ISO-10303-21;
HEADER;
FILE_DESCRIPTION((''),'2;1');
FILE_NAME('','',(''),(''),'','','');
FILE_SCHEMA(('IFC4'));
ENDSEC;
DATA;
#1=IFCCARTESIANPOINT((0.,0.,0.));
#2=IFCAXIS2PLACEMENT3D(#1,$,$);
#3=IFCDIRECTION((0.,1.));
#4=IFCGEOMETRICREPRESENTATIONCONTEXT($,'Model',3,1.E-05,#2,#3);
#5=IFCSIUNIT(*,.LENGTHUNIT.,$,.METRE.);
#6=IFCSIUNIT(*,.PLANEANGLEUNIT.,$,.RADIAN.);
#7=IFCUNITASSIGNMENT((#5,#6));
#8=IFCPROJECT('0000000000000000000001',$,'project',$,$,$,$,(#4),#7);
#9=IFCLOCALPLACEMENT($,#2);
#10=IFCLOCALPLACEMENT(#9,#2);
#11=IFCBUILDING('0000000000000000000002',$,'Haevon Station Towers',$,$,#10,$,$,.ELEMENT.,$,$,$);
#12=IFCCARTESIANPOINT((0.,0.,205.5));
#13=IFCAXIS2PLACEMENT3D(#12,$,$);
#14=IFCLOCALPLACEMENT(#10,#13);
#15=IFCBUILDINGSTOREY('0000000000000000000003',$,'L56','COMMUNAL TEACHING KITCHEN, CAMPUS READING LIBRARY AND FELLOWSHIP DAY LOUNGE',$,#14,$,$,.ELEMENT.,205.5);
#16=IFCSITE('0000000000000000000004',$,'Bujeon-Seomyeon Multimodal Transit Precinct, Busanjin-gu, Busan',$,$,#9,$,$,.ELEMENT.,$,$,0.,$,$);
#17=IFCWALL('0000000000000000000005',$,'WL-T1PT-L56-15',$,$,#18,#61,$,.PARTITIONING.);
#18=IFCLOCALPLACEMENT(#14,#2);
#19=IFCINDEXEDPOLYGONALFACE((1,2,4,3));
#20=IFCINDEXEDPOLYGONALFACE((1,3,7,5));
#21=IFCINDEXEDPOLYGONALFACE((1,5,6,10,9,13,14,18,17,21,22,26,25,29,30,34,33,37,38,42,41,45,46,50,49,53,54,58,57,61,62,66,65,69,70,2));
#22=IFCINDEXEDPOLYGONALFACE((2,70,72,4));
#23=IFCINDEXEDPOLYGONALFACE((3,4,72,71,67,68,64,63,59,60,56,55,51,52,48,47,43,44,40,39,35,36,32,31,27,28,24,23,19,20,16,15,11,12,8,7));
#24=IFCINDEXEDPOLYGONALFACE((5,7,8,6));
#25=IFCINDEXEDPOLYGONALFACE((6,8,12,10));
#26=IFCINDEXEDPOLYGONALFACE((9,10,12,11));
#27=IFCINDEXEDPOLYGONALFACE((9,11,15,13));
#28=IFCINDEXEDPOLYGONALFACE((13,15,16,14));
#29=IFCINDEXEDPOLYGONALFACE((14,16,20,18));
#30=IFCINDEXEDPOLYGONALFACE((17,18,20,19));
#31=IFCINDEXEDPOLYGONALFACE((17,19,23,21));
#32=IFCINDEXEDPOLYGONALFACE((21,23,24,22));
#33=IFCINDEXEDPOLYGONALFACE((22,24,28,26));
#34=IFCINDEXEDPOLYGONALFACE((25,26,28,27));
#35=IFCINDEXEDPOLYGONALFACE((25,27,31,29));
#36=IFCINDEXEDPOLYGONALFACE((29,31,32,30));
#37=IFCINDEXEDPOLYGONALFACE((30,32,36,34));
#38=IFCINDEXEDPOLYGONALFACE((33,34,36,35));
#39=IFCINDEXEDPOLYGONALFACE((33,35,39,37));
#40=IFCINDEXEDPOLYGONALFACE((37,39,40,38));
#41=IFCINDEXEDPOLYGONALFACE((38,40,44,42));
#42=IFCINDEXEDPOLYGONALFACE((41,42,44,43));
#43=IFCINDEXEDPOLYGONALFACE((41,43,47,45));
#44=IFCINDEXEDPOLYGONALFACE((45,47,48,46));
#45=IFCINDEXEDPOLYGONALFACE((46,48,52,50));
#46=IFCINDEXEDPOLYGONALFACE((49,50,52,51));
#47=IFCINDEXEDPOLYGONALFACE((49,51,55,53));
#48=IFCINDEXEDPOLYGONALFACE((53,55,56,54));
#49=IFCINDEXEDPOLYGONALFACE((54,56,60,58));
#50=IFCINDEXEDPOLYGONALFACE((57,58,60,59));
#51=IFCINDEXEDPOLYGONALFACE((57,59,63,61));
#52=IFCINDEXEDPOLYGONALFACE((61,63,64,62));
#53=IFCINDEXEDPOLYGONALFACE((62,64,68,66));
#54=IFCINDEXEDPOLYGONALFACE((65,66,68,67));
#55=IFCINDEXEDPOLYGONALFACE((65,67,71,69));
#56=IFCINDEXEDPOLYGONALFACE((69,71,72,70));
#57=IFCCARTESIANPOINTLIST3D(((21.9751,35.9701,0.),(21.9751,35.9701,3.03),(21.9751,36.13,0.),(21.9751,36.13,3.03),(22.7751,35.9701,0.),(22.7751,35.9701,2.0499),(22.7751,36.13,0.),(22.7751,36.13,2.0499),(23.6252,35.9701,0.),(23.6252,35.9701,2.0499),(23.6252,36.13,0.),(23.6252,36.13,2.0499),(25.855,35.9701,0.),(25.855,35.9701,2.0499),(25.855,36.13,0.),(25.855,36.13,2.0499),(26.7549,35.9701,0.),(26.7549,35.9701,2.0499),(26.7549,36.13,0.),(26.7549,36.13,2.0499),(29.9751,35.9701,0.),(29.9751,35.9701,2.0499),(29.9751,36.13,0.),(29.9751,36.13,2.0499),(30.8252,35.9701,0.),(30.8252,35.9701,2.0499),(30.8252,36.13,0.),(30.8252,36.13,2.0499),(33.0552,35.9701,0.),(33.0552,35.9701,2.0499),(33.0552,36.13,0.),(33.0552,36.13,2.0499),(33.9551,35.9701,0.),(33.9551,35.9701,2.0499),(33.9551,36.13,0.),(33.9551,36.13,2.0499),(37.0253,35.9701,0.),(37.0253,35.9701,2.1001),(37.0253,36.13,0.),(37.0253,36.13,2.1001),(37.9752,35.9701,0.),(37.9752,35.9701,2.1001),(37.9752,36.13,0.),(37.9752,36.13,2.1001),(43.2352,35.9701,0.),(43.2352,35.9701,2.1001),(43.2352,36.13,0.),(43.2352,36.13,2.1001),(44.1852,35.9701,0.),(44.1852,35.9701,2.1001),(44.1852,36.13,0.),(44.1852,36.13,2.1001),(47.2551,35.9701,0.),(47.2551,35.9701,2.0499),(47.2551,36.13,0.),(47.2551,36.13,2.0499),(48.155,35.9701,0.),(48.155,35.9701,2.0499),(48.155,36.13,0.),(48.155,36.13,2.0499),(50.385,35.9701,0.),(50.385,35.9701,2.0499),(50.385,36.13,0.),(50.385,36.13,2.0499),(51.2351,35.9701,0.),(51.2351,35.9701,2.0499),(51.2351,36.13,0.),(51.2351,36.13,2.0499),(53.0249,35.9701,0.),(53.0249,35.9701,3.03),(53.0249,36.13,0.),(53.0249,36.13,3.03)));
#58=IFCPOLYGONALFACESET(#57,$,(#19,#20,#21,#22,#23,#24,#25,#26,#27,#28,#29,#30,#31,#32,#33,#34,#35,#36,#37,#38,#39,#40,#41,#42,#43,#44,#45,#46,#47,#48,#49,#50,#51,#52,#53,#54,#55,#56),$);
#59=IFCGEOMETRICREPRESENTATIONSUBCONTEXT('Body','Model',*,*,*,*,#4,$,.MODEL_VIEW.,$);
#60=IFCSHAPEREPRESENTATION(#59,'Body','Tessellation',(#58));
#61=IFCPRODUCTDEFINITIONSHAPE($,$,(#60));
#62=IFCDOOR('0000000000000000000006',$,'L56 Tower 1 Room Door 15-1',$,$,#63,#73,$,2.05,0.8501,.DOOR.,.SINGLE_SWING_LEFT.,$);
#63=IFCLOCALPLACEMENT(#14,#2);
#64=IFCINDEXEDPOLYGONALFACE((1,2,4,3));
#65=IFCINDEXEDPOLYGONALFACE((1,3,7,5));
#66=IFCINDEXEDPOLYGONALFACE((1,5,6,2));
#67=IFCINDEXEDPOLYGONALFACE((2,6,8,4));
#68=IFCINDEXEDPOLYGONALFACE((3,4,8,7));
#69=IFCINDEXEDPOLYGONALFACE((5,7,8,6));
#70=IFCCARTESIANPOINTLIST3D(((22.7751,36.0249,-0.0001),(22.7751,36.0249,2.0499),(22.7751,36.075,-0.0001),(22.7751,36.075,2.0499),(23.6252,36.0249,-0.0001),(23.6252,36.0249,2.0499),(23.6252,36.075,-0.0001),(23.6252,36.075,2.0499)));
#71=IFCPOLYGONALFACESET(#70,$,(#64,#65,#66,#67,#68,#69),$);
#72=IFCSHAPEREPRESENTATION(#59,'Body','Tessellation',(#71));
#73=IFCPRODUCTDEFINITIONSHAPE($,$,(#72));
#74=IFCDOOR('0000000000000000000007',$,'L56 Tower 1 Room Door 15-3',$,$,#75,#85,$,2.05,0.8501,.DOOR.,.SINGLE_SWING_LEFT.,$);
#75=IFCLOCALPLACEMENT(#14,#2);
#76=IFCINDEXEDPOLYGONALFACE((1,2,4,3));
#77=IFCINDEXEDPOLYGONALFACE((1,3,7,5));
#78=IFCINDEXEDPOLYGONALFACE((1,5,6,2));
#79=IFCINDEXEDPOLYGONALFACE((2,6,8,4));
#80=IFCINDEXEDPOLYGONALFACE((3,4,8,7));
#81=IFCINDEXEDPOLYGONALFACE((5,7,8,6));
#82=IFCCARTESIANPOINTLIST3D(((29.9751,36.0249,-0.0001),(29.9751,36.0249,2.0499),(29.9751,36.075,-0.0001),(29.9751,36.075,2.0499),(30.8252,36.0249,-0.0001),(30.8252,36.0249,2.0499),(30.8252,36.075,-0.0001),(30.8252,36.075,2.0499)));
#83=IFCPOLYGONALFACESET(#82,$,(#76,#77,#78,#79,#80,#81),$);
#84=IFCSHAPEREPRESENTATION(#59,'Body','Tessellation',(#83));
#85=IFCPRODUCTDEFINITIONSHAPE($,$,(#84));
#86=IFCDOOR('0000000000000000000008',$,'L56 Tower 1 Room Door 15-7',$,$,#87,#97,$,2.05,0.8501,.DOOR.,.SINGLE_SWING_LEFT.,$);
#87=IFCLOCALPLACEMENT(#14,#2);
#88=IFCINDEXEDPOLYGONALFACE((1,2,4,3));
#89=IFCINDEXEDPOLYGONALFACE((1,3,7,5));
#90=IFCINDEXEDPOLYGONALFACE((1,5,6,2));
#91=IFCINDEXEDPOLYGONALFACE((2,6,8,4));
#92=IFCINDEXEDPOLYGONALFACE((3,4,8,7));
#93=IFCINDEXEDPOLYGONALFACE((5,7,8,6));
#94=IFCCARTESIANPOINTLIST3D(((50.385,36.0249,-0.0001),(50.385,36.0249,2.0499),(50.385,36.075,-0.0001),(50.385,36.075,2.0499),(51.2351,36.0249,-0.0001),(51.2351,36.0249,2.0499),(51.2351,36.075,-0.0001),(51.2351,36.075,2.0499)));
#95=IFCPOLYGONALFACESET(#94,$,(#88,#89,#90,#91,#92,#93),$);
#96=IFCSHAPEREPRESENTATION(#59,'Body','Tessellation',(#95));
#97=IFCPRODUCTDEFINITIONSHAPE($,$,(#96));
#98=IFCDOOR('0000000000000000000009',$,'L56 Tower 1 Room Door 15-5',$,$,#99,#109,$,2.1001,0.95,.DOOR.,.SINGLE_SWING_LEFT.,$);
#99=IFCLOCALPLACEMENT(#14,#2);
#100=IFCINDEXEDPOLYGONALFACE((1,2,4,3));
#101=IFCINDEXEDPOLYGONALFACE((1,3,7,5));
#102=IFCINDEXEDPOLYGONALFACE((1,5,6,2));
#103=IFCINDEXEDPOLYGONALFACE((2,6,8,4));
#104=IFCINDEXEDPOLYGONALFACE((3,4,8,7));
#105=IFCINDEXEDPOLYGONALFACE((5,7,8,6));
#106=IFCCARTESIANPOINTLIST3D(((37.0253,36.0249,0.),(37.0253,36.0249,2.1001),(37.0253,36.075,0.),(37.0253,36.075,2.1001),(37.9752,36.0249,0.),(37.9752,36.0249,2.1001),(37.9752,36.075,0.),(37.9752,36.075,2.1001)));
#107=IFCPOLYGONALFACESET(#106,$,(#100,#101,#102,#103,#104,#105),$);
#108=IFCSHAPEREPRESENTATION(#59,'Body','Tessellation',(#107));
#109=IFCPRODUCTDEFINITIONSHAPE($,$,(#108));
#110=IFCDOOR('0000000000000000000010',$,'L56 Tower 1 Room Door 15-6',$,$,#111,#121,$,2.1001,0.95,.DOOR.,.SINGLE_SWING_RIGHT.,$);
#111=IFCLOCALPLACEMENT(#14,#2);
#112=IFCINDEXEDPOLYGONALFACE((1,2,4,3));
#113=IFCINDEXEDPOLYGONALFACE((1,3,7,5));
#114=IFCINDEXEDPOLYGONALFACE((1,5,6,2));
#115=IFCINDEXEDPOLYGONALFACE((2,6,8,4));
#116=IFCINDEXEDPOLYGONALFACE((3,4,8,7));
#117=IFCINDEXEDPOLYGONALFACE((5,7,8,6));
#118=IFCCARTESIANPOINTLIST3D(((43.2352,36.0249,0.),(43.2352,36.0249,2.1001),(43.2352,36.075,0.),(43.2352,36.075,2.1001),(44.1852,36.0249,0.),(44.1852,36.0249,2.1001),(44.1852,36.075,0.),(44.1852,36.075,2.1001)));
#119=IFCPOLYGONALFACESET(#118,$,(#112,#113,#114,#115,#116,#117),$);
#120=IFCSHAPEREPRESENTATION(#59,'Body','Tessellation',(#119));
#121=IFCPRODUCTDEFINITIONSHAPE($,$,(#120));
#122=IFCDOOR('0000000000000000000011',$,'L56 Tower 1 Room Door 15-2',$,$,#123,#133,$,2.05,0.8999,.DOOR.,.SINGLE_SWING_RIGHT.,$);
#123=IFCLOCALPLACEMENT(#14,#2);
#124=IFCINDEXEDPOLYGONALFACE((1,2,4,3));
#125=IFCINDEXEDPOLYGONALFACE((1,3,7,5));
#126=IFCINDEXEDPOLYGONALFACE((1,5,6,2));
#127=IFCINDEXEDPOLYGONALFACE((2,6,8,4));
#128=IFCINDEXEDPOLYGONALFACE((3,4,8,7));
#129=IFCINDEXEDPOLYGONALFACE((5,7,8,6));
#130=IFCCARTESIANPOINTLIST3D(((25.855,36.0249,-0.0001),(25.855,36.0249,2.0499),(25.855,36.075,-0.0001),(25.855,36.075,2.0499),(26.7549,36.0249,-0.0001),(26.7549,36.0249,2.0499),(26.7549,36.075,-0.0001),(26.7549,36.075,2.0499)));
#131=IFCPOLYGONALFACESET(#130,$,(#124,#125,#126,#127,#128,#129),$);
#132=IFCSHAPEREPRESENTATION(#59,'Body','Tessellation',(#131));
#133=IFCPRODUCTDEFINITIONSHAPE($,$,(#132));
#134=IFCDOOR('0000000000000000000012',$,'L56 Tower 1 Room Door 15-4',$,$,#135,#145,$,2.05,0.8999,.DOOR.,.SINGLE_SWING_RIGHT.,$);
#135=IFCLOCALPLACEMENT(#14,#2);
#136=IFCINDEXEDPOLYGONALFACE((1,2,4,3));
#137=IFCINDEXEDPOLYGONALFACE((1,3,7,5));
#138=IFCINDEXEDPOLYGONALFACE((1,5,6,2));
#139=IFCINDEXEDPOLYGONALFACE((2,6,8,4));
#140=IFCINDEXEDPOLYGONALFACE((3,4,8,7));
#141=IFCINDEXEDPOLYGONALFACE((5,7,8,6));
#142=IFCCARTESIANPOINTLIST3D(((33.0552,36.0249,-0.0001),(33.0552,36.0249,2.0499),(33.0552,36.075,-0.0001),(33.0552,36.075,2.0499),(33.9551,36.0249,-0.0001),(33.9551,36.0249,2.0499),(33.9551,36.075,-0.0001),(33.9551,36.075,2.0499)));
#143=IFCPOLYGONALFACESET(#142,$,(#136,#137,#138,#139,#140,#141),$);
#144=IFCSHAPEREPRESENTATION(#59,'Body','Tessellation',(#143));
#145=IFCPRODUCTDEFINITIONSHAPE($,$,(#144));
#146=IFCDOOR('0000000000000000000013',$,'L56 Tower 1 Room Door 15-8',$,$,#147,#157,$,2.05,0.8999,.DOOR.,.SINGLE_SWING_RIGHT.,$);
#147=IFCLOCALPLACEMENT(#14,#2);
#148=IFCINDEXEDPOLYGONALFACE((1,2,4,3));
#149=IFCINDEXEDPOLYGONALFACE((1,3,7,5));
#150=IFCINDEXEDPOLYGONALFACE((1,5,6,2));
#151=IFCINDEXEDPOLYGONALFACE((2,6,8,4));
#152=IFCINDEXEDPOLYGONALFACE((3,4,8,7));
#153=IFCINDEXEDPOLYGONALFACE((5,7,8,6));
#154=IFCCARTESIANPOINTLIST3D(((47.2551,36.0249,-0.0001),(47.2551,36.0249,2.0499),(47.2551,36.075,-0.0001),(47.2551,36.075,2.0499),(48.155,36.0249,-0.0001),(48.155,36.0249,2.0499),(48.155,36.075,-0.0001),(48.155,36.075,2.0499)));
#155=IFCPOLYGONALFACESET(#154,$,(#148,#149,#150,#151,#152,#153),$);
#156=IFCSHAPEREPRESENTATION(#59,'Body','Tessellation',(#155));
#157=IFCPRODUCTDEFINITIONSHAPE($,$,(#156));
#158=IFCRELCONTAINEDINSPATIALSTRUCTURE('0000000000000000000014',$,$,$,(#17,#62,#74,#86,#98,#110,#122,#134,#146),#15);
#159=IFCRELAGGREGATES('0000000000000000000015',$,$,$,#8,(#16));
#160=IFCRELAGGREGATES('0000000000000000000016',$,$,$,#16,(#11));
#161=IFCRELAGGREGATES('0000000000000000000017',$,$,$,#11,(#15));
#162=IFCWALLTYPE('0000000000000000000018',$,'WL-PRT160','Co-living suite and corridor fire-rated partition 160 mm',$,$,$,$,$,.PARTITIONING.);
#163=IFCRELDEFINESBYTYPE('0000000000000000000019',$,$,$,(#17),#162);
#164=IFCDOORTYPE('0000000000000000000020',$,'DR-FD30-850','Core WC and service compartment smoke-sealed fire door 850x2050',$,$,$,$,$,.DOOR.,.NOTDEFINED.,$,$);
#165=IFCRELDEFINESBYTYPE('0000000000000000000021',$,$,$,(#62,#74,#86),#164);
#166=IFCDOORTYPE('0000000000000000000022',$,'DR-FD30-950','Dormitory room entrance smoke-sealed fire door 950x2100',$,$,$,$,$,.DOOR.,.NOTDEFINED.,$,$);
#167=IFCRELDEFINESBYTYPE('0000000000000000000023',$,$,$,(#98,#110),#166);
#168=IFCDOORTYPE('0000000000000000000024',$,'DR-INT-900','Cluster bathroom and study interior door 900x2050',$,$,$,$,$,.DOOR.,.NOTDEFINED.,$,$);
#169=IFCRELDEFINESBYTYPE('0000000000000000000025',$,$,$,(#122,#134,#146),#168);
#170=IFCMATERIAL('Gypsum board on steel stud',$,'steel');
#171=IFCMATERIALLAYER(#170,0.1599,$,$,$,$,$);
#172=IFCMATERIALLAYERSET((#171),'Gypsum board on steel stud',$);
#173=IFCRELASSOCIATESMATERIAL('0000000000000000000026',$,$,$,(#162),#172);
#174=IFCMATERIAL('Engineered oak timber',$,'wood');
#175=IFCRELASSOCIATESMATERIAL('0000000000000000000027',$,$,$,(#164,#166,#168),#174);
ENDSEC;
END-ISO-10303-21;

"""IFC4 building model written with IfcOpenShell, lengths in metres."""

from ifc_helpers import new_model, si_unit, direction, frame, frame_2d, origin, place, context, subcontext, project, spatial, rectangle, extrude, material, layer, layer_set, type_object, element, fill, save


model = new_model("IFC4")

# Units and contexts
model_context = context("Model", 3, precision=1e-05, world=origin(), true_north=direction((0.0, 1.0)))
body_context = subcontext(model_context, "Body", "Model", "MODEL_VIEW")
ifc_project = project(units=[si_unit("LENGTHUNIT", "METRE"), si_unit("PLANEANGLEUNIT", "RADIAN")], contexts=[model_context])

# Site, building, storey
site_placement = place(None, origin())
site = spatial("IfcSite", under=ifc_project, at=site_placement, Name="Bujeon-Seomyeon Multimodal Transit Precinct, Busanjin-gu, Busan", CompositionType="ELEMENT", RefElevation=0.0)
building_placement = place(site_placement, origin())
building = spatial("IfcBuilding", under=site, at=building_placement, Name="Haevon Station Towers", CompositionType="ELEMENT")
storey_placement = place(building_placement, frame((0.0, 0.0, 205.5)))
storey = spatial("IfcBuildingStorey", under=building, at=storey_placement, Name="L56", Description="COMMUNAL TEACHING KITCHEN, CAMPUS READING LIBRARY AND FELLOWSHIP DAY LOUNGE", CompositionType="ELEMENT", Elevation=205.5)

# Shared definitions
ifc_material_1 = material(Name="Gypsum board on steel stud", Category="steel")
ifc_material_2 = material(Name="Engineered oak timber", Category="wood")

# Shared definitions
ifc_layer_1 = layer(ifc_material_1, 0.1599)
ifc_layer_set_1 = layer_set([ifc_layer_1], Name="Gypsum board on steel stud")
wall_type_1 = type_object("IfcWallType", Name="WL-PRT160", Description="Co-living suite and corridor fire-rated partition 160 mm", PredefinedType="PARTITIONING", material=ifc_layer_set_1)

# Wall, openings, doors
wall_1_placement = place(storey_placement, frame((21.9751, 36.05, 0.0), z_axis=(0.0, 0.0, 1.0), x_axis=(1.0, 0.0, 0.0)))
wall_1 = element("IfcWall", 1, at=wall_1_placement, inside=storey, type_object=wall_type_1, Name="WL-T1PT-L56-15", PredefinedType="PARTITIONING", context=body_context, shape_type="SweptSolid", body=[
    extrude(rectangle(XDim=31.0498, YDim=0.1599, at=frame_2d((15.5249, 0.0))), origin(), (0.0, 0.0, 1.0), 3.03),
])
opening_1_placement = place(wall_1_placement, frame((0.8, 0.0, 0.0)))
opening_1 = element("IfcOpeningElement", 2, at=opening_1_placement, cuts=wall_1, PredefinedType="OPENING", context=body_context, shape_type="SweptSolid", body=[
    extrude(rectangle(XDim=0.8501, YDim=2.05, at=frame_2d((0.425, 1.0249))), frame((0.0, 0.0898, 0.0), z_axis=(0.0, -1.0, 0.0), x_axis=(1.0, 0.0, 0.0)), (0.0, 0.0, 1.0), 0.1799),
])
opening_2_placement = place(wall_1_placement, frame((3.8799, 0.0, 0.0)))
opening_2 = element("IfcOpeningElement", 3, at=opening_2_placement, cuts=wall_1, PredefinedType="OPENING", context=body_context, shape_type="SweptSolid", body=[
    extrude(rectangle(XDim=0.8999, YDim=2.05, at=frame_2d((0.45, 1.0249))), frame((0.0, 0.0898, 0.0), z_axis=(0.0, -1.0, 0.0), x_axis=(1.0, 0.0, 0.0)), (0.0, 0.0, 1.0), 0.1799),
])
opening_3_placement = place(wall_1_placement, frame((8.0, 0.0, 0.0)))
opening_3 = element("IfcOpeningElement", 4, at=opening_3_placement, cuts=wall_1, PredefinedType="OPENING", context=body_context, shape_type="SweptSolid", body=[
    extrude(rectangle(XDim=0.8501, YDim=2.05, at=frame_2d((0.425, 1.0249))), frame((0.0, 0.0898, 0.0), z_axis=(0.0, -1.0, 0.0), x_axis=(1.0, 0.0, 0.0)), (0.0, 0.0, 1.0), 0.1799),
])
opening_4_placement = place(wall_1_placement, frame((11.0801, 0.0, 0.0)))
opening_4 = element("IfcOpeningElement", 5, at=opening_4_placement, cuts=wall_1, PredefinedType="OPENING", context=body_context, shape_type="SweptSolid", body=[
    extrude(rectangle(XDim=0.8999, YDim=2.05, at=frame_2d((0.45, 1.0249))), frame((0.0, 0.0898, 0.0), z_axis=(0.0, -1.0, 0.0), x_axis=(1.0, 0.0, 0.0)), (0.0, 0.0, 1.0), 0.1799),
])
opening_5_placement = place(wall_1_placement, frame((15.05, 0.0, 0.0)))
opening_5 = element("IfcOpeningElement", 6, at=opening_5_placement, cuts=wall_1, PredefinedType="OPENING", context=body_context, shape_type="SweptSolid", body=[
    extrude(rectangle(XDim=0.95, YDim=2.1001, at=frame_2d((0.4751, 1.05))), frame((0.0, 0.0898, 0.0), z_axis=(0.0, -1.0, 0.0), x_axis=(1.0, 0.0, 0.0)), (0.0, 0.0, 1.0), 0.1799),
])
opening_6_placement = place(wall_1_placement, frame((21.26, 0.0, 0.0)))
opening_6 = element("IfcOpeningElement", 7, at=opening_6_placement, cuts=wall_1, PredefinedType="OPENING", context=body_context, shape_type="SweptSolid", body=[
    extrude(rectangle(XDim=0.95, YDim=2.1001, at=frame_2d((0.4751, 1.05))), frame((0.0, 0.0898, 0.0), z_axis=(0.0, -1.0, 0.0), x_axis=(1.0, 0.0, 0.0)), (0.0, 0.0, 1.0), 0.1799),
])
opening_7_placement = place(wall_1_placement, frame((28.4099, 0.0, 0.0)))
opening_7 = element("IfcOpeningElement", 8, at=opening_7_placement, cuts=wall_1, PredefinedType="OPENING", context=body_context, shape_type="SweptSolid", body=[
    extrude(rectangle(XDim=0.8501, YDim=2.05, at=frame_2d((0.425, 1.0249))), frame((0.0, 0.0898, 0.0), z_axis=(0.0, -1.0, 0.0), x_axis=(1.0, 0.0, 0.0)), (0.0, 0.0, 1.0), 0.1799),
])
opening_8_placement = place(wall_1_placement, frame((25.28, 0.0, 0.0)))
opening_8 = element("IfcOpeningElement", 9, at=opening_8_placement, cuts=wall_1, PredefinedType="OPENING", context=body_context, shape_type="SweptSolid", body=[
    extrude(rectangle(XDim=0.8999, YDim=2.05, at=frame_2d((0.45, 1.0249))), frame((0.0, 0.0898, 0.0), z_axis=(0.0, -1.0, 0.0), x_axis=(1.0, 0.0, 0.0)), (0.0, 0.0, 1.0), 0.1799),
])
door_type_1 = type_object("IfcDoorType", Name="DR-FD30-850", Description="Core WC and service compartment smoke-sealed fire door 850x2050", OperationType="NOTDEFINED", PredefinedType="DOOR", material=ifc_material_2)
door_1_placement = place(opening_1_placement, origin())
door_1 = element("IfcDoor", 10, at=door_1_placement, inside=storey, type_object=door_type_1, Name="L56 Tower 1 Room Door 15-1", OperationType="SINGLE_SWING_LEFT", OverallHeight=2.05, OverallWidth=0.8501, PredefinedType="DOOR", context=body_context, shape_type="SweptSolid", body=[
    extrude(rectangle(XDim=0.8501, YDim=2.05, at=frame_2d((0.425, 1.0249))), frame((0.0, 0.0249, 0.0), z_axis=(0.0, -1.0, 0.0), x_axis=(1.0, 0.0, 0.0)), (0.0, 0.0, 1.0), 0.05),
])
fill(opening_1, door_1)
door_2_placement = place(opening_3_placement, origin())
door_2 = element("IfcDoor", 11, at=door_2_placement, inside=storey, type_object=door_type_1, Name="L56 Tower 1 Room Door 15-3", OperationType="SINGLE_SWING_LEFT", OverallHeight=2.05, OverallWidth=0.8501, PredefinedType="DOOR", context=body_context, shape_type="SweptSolid", body=[
    extrude(rectangle(XDim=0.8501, YDim=2.05, at=frame_2d((0.425, 1.0249))), frame((0.0, 0.0249, 0.0), z_axis=(0.0, -1.0, 0.0), x_axis=(1.0, 0.0, 0.0)), (0.0, 0.0, 1.0), 0.05),
])
fill(opening_3, door_2)
door_3_placement = place(opening_7_placement, origin())
door_3 = element("IfcDoor", 12, at=door_3_placement, inside=storey, type_object=door_type_1, Name="L56 Tower 1 Room Door 15-7", OperationType="SINGLE_SWING_LEFT", OverallHeight=2.05, OverallWidth=0.8501, PredefinedType="DOOR", context=body_context, shape_type="SweptSolid", body=[
    extrude(rectangle(XDim=0.8501, YDim=2.05, at=frame_2d((0.425, 1.0249))), frame((0.0, 0.0249, 0.0), z_axis=(0.0, -1.0, 0.0), x_axis=(1.0, 0.0, 0.0)), (0.0, 0.0, 1.0), 0.05),
])
fill(opening_7, door_3)
door_type_2 = type_object("IfcDoorType", Name="DR-FD30-950", Description="Dormitory room entrance smoke-sealed fire door 950x2100", OperationType="NOTDEFINED", PredefinedType="DOOR", material=ifc_material_2)
door_4_placement = place(opening_5_placement, origin())
door_4 = element("IfcDoor", 13, at=door_4_placement, inside=storey, type_object=door_type_2, Name="L56 Tower 1 Room Door 15-5", OperationType="SINGLE_SWING_LEFT", OverallHeight=2.1001, OverallWidth=0.95, PredefinedType="DOOR", context=body_context, shape_type="SweptSolid", body=[
    extrude(rectangle(XDim=0.95, YDim=2.1001, at=frame_2d((0.4751, 1.05))), frame((0.0, 0.0249, 0.0), z_axis=(0.0, -1.0, 0.0), x_axis=(1.0, 0.0, 0.0)), (0.0, 0.0, 1.0), 0.05),
])
fill(opening_5, door_4)
door_5_placement = place(opening_6_placement, origin())
door_5 = element("IfcDoor", 14, at=door_5_placement, inside=storey, type_object=door_type_2, Name="L56 Tower 1 Room Door 15-6", OperationType="SINGLE_SWING_RIGHT", OverallHeight=2.1001, OverallWidth=0.95, PredefinedType="DOOR", context=body_context, shape_type="SweptSolid", body=[
    extrude(rectangle(XDim=0.95, YDim=2.1001, at=frame_2d((0.4751, 1.05))), frame((0.0, 0.0249, 0.0), z_axis=(0.0, -1.0, 0.0), x_axis=(1.0, 0.0, 0.0)), (0.0, 0.0, 1.0), 0.05),
])
fill(opening_6, door_5)
door_type_3 = type_object("IfcDoorType", Name="DR-INT-900", Description="Cluster bathroom and study interior door 900x2050", OperationType="NOTDEFINED", PredefinedType="DOOR", material=ifc_material_2)
door_6_placement = place(opening_2_placement, origin())
door_6 = element("IfcDoor", 15, at=door_6_placement, inside=storey, type_object=door_type_3, Name="L56 Tower 1 Room Door 15-2", OperationType="SINGLE_SWING_RIGHT", OverallHeight=2.05, OverallWidth=0.8999, PredefinedType="DOOR", context=body_context, shape_type="SweptSolid", body=[
    extrude(rectangle(XDim=0.8999, YDim=2.05, at=frame_2d((0.45, 1.0249))), frame((0.0, 0.0249, 0.0), z_axis=(0.0, -1.0, 0.0), x_axis=(1.0, 0.0, 0.0)), (0.0, 0.0, 1.0), 0.05),
])
fill(opening_2, door_6)
door_7_placement = place(opening_4_placement, origin())
door_7 = element("IfcDoor", 16, at=door_7_placement, inside=storey, type_object=door_type_3, Name="L56 Tower 1 Room Door 15-4", OperationType="SINGLE_SWING_RIGHT", OverallHeight=2.05, OverallWidth=0.8999, PredefinedType="DOOR", context=body_context, shape_type="SweptSolid", body=[
    extrude(rectangle(XDim=0.8999, YDim=2.05, at=frame_2d((0.45, 1.0249))), frame((0.0, 0.0249, 0.0), z_axis=(0.0, -1.0, 0.0), x_axis=(1.0, 0.0, 0.0)), (0.0, 0.0, 1.0), 0.05),
])
fill(opening_4, door_7)
door_8_placement = place(opening_8_placement, origin())
door_8 = element("IfcDoor", 17, at=door_8_placement, inside=storey, type_object=door_type_3, Name="L56 Tower 1 Room Door 15-8", OperationType="SINGLE_SWING_RIGHT", OverallHeight=2.05, OverallWidth=0.8999, PredefinedType="DOOR", context=body_context, shape_type="SweptSolid", body=[
    extrude(rectangle(XDim=0.8999, YDim=2.05, at=frame_2d((0.45, 1.0249))), frame((0.0, 0.0249, 0.0), z_axis=(0.0, -1.0, 0.0), x_axis=(1.0, 0.0, 0.0)), (0.0, 0.0, 1.0), 0.05),
])
fill(opening_8, door_8)

save(model, "model.ifc")
